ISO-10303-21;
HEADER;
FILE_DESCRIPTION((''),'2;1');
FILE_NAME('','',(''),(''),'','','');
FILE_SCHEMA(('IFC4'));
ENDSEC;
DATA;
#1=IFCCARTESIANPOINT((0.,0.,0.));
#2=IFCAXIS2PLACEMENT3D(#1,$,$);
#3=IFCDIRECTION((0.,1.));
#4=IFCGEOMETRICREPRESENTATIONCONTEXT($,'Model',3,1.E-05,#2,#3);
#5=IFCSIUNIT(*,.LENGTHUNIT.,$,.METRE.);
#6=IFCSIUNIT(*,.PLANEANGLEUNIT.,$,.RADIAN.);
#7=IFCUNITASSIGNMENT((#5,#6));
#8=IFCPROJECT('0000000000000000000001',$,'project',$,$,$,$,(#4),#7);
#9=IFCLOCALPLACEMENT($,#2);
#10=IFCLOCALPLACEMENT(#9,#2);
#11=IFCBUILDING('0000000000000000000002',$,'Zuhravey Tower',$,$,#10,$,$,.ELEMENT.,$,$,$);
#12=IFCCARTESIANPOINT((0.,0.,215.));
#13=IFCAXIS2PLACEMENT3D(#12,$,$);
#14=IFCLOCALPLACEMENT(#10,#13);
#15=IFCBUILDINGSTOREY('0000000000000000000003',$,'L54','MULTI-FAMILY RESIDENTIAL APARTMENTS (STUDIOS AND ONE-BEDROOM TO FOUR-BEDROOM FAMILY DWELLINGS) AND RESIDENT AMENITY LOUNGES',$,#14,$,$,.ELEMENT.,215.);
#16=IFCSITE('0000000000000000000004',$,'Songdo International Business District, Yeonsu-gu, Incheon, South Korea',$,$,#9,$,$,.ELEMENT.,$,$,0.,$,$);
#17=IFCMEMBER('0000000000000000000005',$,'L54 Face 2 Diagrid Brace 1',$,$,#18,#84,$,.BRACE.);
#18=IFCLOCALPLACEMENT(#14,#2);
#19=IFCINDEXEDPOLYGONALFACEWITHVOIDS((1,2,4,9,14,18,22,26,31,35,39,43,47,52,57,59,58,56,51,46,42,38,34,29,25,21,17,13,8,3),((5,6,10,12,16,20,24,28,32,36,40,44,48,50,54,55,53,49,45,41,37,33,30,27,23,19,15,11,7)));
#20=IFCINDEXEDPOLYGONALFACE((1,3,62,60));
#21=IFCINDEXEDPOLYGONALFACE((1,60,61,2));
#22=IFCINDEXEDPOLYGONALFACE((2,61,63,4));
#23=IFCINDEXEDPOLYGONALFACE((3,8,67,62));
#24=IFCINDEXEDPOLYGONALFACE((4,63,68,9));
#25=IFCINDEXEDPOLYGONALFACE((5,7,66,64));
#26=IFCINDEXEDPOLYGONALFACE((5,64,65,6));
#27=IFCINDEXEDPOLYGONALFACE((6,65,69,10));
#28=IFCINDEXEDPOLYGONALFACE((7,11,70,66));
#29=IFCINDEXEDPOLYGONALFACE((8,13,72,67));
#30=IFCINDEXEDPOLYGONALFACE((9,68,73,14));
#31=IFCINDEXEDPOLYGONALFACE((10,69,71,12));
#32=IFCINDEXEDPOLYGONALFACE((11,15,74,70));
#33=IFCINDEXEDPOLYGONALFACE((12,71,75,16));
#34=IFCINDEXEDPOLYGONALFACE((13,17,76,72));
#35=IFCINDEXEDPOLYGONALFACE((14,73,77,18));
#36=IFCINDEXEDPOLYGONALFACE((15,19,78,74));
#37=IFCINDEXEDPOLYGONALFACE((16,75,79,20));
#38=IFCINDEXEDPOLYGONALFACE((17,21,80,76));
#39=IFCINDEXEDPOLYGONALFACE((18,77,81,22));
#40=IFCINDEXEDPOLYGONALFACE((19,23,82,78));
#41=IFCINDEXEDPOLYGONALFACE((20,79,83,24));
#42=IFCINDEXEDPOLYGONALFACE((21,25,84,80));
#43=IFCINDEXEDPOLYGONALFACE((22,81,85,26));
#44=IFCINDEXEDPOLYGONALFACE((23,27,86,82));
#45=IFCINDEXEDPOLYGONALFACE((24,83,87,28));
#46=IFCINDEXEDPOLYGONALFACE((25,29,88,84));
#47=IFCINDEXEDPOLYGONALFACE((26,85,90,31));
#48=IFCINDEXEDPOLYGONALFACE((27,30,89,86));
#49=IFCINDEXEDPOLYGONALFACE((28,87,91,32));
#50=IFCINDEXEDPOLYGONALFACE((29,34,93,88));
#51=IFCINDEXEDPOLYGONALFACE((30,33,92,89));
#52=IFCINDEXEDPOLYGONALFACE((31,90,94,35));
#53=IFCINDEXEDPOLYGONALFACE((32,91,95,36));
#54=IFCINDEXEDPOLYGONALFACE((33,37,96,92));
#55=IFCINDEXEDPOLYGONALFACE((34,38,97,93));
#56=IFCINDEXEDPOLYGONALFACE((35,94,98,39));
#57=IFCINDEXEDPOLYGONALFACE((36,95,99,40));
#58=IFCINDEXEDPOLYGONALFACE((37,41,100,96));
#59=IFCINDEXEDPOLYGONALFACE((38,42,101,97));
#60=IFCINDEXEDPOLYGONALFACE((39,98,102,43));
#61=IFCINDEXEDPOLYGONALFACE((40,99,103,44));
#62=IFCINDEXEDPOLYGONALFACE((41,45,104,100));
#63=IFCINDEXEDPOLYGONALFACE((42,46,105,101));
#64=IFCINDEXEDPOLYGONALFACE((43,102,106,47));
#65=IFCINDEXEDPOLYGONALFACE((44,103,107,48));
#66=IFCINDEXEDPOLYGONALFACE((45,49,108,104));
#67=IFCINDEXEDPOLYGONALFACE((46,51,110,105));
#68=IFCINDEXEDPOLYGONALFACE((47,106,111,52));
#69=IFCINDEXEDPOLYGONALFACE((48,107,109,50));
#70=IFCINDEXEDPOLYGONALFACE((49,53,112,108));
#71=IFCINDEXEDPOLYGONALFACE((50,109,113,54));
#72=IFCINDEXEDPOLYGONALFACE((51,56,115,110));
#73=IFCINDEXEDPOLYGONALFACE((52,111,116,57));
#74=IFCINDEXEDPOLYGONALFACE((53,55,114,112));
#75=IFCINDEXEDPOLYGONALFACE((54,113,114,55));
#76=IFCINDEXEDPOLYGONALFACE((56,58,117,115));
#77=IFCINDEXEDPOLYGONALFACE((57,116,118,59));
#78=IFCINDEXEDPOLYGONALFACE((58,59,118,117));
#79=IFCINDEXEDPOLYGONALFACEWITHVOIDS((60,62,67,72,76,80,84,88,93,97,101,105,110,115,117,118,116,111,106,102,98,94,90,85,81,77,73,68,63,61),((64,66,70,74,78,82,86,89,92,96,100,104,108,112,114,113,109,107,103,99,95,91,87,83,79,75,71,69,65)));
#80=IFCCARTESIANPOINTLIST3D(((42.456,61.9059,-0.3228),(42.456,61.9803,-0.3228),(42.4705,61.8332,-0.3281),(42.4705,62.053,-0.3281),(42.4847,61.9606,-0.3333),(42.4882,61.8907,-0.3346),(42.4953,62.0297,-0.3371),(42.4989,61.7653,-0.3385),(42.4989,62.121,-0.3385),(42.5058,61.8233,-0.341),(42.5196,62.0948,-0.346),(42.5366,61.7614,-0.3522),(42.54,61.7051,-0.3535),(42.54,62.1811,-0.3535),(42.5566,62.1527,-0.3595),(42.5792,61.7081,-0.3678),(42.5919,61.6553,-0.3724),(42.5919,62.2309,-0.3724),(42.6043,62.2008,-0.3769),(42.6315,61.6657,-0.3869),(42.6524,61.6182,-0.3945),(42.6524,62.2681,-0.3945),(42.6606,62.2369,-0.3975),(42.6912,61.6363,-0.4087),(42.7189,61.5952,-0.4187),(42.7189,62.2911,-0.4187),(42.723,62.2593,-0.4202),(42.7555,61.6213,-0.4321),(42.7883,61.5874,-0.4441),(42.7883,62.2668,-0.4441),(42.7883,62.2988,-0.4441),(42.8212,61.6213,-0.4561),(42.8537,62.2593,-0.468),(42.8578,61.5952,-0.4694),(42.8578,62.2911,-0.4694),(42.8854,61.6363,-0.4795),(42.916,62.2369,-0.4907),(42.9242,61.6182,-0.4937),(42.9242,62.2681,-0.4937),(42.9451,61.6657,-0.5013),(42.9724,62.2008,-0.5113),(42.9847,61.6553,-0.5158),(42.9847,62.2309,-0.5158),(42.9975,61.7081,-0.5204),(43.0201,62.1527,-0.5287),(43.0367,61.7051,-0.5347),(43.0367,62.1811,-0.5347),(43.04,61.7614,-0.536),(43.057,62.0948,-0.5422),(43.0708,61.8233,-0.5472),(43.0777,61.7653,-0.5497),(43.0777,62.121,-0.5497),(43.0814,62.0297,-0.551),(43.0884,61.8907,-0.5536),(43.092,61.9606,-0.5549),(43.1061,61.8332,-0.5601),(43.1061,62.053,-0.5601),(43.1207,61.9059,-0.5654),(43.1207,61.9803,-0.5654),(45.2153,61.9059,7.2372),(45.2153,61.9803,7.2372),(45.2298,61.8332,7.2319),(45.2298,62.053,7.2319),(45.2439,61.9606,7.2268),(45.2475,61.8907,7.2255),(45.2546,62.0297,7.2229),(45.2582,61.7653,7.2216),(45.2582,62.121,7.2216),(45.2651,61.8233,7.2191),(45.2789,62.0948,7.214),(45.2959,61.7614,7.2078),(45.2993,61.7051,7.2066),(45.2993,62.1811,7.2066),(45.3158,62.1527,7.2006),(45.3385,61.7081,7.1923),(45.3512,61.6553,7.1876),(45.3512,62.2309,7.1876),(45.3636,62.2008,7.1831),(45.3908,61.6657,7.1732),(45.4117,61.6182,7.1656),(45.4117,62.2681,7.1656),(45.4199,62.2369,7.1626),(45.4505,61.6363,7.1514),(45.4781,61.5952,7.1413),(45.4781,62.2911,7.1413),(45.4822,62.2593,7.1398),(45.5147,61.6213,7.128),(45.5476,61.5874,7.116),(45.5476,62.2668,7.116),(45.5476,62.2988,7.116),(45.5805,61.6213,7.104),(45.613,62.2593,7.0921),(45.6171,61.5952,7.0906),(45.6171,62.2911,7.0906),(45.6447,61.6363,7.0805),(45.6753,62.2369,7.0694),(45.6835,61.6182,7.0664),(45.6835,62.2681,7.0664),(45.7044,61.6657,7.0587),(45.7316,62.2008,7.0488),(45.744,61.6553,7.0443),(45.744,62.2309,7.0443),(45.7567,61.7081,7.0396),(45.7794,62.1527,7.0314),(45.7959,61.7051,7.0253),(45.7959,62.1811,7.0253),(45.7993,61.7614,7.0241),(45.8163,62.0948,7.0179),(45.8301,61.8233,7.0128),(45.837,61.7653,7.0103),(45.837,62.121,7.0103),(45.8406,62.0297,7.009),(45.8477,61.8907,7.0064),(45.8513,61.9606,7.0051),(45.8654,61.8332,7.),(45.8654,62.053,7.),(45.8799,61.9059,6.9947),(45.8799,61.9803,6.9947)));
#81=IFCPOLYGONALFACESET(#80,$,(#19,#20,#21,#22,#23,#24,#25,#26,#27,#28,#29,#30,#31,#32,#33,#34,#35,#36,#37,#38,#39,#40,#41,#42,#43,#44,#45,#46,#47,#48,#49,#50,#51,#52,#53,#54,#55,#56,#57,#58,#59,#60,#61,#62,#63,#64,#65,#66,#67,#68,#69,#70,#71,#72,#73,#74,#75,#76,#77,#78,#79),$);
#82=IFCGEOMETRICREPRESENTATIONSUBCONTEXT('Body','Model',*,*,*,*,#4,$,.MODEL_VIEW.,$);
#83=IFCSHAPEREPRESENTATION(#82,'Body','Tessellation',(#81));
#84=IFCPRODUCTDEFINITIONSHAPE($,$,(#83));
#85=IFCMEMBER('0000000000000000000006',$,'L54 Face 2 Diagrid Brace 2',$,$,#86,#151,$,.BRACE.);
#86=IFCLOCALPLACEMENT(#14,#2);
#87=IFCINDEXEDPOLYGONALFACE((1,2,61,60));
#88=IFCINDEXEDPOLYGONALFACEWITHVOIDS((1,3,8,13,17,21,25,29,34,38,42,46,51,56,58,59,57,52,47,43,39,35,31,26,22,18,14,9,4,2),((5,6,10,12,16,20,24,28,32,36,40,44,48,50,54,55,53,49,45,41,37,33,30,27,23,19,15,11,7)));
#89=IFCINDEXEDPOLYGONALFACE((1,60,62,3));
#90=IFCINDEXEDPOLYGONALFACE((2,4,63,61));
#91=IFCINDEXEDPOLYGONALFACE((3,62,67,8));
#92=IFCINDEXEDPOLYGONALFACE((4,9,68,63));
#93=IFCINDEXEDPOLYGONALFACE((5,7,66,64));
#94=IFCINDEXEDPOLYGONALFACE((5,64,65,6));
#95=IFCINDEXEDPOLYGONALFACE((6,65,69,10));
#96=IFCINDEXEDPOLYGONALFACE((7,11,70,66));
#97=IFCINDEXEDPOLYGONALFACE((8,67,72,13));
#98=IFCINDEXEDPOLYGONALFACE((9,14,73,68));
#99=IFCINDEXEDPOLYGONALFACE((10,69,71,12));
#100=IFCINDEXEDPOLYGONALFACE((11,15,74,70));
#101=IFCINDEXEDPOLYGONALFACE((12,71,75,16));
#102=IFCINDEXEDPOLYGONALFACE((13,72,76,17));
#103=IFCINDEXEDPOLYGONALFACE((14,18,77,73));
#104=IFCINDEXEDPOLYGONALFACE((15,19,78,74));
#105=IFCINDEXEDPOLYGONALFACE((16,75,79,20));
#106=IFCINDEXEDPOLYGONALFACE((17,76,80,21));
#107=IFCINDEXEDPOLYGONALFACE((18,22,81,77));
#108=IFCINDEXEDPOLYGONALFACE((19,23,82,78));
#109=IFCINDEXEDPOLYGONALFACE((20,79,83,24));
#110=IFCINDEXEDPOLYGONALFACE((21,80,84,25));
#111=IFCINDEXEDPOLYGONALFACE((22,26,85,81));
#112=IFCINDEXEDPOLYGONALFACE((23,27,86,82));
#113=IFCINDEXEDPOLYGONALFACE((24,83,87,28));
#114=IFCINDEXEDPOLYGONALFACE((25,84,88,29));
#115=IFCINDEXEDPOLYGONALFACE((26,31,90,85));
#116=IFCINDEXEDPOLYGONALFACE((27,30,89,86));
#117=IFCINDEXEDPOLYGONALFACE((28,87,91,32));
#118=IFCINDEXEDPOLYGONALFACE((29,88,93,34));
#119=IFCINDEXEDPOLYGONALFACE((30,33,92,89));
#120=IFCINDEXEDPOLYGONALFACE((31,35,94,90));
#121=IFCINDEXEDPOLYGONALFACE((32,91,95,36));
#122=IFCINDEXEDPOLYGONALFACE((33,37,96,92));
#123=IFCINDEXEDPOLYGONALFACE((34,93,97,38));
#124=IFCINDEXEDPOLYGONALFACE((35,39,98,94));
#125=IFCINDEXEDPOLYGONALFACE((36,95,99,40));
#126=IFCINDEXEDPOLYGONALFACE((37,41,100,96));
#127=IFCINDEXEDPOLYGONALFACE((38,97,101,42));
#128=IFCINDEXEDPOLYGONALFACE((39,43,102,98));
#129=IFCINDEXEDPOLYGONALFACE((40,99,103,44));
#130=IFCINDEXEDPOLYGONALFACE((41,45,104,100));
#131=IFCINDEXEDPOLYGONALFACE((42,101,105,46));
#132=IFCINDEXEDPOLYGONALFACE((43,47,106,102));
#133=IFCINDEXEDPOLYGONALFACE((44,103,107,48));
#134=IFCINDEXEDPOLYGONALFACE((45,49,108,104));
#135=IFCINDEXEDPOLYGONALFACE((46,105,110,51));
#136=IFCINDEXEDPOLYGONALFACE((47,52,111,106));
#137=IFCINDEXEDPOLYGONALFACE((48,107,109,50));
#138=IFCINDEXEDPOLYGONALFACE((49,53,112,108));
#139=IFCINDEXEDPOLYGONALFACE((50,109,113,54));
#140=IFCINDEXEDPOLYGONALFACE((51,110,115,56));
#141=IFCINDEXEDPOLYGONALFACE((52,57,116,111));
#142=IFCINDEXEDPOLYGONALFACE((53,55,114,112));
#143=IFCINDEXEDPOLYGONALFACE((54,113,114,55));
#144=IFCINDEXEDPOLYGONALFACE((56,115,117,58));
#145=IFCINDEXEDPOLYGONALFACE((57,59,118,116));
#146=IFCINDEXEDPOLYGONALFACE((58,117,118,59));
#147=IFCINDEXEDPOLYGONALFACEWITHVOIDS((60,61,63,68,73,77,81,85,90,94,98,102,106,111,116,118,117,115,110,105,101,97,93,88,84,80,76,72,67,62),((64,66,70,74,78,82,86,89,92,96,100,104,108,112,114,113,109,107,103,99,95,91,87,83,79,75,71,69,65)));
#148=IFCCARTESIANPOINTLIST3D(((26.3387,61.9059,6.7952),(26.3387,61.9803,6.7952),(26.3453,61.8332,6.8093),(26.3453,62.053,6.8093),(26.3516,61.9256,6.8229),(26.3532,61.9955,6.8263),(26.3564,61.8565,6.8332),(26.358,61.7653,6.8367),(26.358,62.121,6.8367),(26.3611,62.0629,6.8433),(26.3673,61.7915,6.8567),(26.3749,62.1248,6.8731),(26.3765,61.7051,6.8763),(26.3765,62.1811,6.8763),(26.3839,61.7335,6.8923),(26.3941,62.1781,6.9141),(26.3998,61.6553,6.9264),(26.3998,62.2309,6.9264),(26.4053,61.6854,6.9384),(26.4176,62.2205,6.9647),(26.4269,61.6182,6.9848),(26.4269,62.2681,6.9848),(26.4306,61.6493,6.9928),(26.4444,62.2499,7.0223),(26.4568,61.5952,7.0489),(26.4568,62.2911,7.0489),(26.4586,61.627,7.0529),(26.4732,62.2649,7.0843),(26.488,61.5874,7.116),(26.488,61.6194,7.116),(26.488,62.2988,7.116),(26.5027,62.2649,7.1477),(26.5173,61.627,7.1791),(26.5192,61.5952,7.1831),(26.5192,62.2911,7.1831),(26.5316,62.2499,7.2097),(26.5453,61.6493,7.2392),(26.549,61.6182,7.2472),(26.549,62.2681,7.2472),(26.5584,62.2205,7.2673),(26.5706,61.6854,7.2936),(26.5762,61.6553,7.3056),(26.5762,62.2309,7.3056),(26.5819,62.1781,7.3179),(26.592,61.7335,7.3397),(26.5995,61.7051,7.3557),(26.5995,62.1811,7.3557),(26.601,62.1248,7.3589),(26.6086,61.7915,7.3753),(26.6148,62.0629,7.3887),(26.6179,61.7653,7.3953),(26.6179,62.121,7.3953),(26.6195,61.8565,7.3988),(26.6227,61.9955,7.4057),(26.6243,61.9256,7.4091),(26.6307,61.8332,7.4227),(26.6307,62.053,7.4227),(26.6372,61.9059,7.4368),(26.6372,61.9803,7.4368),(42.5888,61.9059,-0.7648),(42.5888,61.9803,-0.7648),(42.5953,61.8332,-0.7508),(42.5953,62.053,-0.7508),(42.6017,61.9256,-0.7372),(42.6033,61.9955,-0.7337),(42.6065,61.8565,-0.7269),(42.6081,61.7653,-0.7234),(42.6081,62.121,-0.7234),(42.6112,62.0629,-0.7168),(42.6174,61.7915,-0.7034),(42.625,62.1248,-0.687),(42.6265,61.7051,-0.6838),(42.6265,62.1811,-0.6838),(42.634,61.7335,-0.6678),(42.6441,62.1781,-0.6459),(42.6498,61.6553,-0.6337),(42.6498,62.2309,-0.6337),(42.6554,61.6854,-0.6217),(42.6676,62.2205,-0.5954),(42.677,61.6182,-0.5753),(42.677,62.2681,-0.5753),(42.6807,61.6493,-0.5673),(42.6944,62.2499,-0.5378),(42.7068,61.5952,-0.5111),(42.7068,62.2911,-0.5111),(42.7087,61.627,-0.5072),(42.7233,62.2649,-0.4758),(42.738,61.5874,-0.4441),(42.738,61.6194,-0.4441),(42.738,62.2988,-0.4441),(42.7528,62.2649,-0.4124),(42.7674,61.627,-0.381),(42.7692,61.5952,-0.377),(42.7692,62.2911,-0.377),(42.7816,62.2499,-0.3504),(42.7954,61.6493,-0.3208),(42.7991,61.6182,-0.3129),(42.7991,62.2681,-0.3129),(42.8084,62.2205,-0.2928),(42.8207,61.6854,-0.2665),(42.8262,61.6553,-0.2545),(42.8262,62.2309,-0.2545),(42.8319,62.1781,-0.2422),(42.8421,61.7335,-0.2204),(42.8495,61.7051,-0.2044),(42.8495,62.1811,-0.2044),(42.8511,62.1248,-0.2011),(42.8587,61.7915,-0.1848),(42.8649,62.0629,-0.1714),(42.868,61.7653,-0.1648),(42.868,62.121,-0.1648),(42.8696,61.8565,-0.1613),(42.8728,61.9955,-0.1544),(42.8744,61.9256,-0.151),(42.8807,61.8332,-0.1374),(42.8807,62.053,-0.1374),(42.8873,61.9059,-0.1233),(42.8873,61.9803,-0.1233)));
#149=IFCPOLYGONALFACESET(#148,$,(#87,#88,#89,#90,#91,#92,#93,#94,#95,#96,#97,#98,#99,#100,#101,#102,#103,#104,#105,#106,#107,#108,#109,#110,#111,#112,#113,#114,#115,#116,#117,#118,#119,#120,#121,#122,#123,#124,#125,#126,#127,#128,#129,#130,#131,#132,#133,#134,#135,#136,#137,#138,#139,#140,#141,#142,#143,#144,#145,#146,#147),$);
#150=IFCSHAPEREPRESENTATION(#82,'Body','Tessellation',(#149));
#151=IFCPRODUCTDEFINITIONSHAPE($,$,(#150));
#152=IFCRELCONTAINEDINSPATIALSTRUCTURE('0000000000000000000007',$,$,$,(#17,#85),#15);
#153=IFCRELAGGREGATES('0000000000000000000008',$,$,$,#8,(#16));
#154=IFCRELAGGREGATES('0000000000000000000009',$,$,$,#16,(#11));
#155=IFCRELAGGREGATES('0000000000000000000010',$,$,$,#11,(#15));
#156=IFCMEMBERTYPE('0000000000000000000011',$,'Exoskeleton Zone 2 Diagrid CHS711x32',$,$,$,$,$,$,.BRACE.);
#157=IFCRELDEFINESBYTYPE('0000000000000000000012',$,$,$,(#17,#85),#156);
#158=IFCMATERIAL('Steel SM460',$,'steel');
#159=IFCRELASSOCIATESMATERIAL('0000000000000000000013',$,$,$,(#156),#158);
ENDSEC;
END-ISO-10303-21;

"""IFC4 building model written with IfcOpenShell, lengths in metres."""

from ifc_helpers import new_model, si_unit, direction, frame, origin, origin_2d, place, context, subcontext, project, spatial, hollow_circle, extrude, material, material_profile, profile_set, type_object, element, save


model = new_model("IFC4")

# Units and contexts
model_context = context("Model", 3, precision=1e-05, world=origin(), true_north=direction((0.0, 1.0)))
body_context = subcontext(model_context, "Body", "Model", "MODEL_VIEW")
ifc_project = project(units=[si_unit("LENGTHUNIT", "METRE"), si_unit("PLANEANGLEUNIT", "RADIAN")], contexts=[model_context])

# Site, building, storey
site_placement = place(None, origin())
site = spatial("IfcSite", under=ifc_project, at=site_placement, Name="Songdo International Business District, Yeonsu-gu, Incheon, South Korea", CompositionType="ELEMENT", RefElevation=0.0)
building_placement = place(site_placement, origin())
building = spatial("IfcBuilding", under=site, at=building_placement, Name="Zuhravey Tower", CompositionType="ELEMENT")
storey_placement = place(building_placement, frame((0.0, 0.0, 215.0)))
storey = spatial("IfcBuildingStorey", under=building, at=storey_placement, Name="L54", Description="MULTI-FAMILY RESIDENTIAL APARTMENTS (STUDIOS AND ONE-BEDROOM TO FOUR-BEDROOM FAMILY DWELLINGS) AND RESIDENT AMENITY LOUNGES", CompositionType="ELEMENT", Elevation=215.0)

# Members
ifc_material_1 = material(Name="Steel SM460", Category="steel")
ifc_material_profile_1 = material_profile(ifc_material_1, hollow_circle(Radius=0.3557, WallThickness=0.032, at=origin_2d()), Name="CHS-711.2x32")
ifc_profile_set_1 = profile_set([ifc_material_profile_1], Name="Steel SM460")
member_type_1 = type_object("IfcMemberType", Name="Exoskeleton Zone 2 Diagrid CHS711x32", PredefinedType="BRACE", material=ifc_profile_set_1)
member_1_placement = place(storey_placement, frame((42.7883, 61.9431, -0.4441), z_axis=(0.342858, 0.0, 0.939387), x_axis=(0.0, 1.0, 0.0)))
element("IfcMember", 1, at=member_1_placement, inside=storey, type_object=member_type_1, Name="L54 Face 2 Diagrid Brace 1", PredefinedType="BRACE", context=body_context, shape_type="SweptSolid", body=[
    extrude(hollow_circle(Radius=0.3557, WallThickness=0.032, at=origin_2d()), origin(), (0.0, 0.0, 1.0), 8.0479),
])
member_2_placement = place(storey_placement, frame((42.738, 61.9431, -0.4441), z_axis=(-0.90668, 0.0, 0.421819), x_axis=(0.0, -1.0, 0.0)))
element("IfcMember", 2, at=member_2_placement, inside=storey, type_object=member_type_1, Name="L54 Face 2 Diagrid Brace 2", PredefinedType="BRACE", context=body_context, shape_type="SweptSolid", body=[
    extrude(hollow_circle(Radius=0.3557, WallThickness=0.032, at=origin_2d()), origin(), (0.0, 0.0, 1.0), 17.9226),
])

save(model, "model.ifc")
